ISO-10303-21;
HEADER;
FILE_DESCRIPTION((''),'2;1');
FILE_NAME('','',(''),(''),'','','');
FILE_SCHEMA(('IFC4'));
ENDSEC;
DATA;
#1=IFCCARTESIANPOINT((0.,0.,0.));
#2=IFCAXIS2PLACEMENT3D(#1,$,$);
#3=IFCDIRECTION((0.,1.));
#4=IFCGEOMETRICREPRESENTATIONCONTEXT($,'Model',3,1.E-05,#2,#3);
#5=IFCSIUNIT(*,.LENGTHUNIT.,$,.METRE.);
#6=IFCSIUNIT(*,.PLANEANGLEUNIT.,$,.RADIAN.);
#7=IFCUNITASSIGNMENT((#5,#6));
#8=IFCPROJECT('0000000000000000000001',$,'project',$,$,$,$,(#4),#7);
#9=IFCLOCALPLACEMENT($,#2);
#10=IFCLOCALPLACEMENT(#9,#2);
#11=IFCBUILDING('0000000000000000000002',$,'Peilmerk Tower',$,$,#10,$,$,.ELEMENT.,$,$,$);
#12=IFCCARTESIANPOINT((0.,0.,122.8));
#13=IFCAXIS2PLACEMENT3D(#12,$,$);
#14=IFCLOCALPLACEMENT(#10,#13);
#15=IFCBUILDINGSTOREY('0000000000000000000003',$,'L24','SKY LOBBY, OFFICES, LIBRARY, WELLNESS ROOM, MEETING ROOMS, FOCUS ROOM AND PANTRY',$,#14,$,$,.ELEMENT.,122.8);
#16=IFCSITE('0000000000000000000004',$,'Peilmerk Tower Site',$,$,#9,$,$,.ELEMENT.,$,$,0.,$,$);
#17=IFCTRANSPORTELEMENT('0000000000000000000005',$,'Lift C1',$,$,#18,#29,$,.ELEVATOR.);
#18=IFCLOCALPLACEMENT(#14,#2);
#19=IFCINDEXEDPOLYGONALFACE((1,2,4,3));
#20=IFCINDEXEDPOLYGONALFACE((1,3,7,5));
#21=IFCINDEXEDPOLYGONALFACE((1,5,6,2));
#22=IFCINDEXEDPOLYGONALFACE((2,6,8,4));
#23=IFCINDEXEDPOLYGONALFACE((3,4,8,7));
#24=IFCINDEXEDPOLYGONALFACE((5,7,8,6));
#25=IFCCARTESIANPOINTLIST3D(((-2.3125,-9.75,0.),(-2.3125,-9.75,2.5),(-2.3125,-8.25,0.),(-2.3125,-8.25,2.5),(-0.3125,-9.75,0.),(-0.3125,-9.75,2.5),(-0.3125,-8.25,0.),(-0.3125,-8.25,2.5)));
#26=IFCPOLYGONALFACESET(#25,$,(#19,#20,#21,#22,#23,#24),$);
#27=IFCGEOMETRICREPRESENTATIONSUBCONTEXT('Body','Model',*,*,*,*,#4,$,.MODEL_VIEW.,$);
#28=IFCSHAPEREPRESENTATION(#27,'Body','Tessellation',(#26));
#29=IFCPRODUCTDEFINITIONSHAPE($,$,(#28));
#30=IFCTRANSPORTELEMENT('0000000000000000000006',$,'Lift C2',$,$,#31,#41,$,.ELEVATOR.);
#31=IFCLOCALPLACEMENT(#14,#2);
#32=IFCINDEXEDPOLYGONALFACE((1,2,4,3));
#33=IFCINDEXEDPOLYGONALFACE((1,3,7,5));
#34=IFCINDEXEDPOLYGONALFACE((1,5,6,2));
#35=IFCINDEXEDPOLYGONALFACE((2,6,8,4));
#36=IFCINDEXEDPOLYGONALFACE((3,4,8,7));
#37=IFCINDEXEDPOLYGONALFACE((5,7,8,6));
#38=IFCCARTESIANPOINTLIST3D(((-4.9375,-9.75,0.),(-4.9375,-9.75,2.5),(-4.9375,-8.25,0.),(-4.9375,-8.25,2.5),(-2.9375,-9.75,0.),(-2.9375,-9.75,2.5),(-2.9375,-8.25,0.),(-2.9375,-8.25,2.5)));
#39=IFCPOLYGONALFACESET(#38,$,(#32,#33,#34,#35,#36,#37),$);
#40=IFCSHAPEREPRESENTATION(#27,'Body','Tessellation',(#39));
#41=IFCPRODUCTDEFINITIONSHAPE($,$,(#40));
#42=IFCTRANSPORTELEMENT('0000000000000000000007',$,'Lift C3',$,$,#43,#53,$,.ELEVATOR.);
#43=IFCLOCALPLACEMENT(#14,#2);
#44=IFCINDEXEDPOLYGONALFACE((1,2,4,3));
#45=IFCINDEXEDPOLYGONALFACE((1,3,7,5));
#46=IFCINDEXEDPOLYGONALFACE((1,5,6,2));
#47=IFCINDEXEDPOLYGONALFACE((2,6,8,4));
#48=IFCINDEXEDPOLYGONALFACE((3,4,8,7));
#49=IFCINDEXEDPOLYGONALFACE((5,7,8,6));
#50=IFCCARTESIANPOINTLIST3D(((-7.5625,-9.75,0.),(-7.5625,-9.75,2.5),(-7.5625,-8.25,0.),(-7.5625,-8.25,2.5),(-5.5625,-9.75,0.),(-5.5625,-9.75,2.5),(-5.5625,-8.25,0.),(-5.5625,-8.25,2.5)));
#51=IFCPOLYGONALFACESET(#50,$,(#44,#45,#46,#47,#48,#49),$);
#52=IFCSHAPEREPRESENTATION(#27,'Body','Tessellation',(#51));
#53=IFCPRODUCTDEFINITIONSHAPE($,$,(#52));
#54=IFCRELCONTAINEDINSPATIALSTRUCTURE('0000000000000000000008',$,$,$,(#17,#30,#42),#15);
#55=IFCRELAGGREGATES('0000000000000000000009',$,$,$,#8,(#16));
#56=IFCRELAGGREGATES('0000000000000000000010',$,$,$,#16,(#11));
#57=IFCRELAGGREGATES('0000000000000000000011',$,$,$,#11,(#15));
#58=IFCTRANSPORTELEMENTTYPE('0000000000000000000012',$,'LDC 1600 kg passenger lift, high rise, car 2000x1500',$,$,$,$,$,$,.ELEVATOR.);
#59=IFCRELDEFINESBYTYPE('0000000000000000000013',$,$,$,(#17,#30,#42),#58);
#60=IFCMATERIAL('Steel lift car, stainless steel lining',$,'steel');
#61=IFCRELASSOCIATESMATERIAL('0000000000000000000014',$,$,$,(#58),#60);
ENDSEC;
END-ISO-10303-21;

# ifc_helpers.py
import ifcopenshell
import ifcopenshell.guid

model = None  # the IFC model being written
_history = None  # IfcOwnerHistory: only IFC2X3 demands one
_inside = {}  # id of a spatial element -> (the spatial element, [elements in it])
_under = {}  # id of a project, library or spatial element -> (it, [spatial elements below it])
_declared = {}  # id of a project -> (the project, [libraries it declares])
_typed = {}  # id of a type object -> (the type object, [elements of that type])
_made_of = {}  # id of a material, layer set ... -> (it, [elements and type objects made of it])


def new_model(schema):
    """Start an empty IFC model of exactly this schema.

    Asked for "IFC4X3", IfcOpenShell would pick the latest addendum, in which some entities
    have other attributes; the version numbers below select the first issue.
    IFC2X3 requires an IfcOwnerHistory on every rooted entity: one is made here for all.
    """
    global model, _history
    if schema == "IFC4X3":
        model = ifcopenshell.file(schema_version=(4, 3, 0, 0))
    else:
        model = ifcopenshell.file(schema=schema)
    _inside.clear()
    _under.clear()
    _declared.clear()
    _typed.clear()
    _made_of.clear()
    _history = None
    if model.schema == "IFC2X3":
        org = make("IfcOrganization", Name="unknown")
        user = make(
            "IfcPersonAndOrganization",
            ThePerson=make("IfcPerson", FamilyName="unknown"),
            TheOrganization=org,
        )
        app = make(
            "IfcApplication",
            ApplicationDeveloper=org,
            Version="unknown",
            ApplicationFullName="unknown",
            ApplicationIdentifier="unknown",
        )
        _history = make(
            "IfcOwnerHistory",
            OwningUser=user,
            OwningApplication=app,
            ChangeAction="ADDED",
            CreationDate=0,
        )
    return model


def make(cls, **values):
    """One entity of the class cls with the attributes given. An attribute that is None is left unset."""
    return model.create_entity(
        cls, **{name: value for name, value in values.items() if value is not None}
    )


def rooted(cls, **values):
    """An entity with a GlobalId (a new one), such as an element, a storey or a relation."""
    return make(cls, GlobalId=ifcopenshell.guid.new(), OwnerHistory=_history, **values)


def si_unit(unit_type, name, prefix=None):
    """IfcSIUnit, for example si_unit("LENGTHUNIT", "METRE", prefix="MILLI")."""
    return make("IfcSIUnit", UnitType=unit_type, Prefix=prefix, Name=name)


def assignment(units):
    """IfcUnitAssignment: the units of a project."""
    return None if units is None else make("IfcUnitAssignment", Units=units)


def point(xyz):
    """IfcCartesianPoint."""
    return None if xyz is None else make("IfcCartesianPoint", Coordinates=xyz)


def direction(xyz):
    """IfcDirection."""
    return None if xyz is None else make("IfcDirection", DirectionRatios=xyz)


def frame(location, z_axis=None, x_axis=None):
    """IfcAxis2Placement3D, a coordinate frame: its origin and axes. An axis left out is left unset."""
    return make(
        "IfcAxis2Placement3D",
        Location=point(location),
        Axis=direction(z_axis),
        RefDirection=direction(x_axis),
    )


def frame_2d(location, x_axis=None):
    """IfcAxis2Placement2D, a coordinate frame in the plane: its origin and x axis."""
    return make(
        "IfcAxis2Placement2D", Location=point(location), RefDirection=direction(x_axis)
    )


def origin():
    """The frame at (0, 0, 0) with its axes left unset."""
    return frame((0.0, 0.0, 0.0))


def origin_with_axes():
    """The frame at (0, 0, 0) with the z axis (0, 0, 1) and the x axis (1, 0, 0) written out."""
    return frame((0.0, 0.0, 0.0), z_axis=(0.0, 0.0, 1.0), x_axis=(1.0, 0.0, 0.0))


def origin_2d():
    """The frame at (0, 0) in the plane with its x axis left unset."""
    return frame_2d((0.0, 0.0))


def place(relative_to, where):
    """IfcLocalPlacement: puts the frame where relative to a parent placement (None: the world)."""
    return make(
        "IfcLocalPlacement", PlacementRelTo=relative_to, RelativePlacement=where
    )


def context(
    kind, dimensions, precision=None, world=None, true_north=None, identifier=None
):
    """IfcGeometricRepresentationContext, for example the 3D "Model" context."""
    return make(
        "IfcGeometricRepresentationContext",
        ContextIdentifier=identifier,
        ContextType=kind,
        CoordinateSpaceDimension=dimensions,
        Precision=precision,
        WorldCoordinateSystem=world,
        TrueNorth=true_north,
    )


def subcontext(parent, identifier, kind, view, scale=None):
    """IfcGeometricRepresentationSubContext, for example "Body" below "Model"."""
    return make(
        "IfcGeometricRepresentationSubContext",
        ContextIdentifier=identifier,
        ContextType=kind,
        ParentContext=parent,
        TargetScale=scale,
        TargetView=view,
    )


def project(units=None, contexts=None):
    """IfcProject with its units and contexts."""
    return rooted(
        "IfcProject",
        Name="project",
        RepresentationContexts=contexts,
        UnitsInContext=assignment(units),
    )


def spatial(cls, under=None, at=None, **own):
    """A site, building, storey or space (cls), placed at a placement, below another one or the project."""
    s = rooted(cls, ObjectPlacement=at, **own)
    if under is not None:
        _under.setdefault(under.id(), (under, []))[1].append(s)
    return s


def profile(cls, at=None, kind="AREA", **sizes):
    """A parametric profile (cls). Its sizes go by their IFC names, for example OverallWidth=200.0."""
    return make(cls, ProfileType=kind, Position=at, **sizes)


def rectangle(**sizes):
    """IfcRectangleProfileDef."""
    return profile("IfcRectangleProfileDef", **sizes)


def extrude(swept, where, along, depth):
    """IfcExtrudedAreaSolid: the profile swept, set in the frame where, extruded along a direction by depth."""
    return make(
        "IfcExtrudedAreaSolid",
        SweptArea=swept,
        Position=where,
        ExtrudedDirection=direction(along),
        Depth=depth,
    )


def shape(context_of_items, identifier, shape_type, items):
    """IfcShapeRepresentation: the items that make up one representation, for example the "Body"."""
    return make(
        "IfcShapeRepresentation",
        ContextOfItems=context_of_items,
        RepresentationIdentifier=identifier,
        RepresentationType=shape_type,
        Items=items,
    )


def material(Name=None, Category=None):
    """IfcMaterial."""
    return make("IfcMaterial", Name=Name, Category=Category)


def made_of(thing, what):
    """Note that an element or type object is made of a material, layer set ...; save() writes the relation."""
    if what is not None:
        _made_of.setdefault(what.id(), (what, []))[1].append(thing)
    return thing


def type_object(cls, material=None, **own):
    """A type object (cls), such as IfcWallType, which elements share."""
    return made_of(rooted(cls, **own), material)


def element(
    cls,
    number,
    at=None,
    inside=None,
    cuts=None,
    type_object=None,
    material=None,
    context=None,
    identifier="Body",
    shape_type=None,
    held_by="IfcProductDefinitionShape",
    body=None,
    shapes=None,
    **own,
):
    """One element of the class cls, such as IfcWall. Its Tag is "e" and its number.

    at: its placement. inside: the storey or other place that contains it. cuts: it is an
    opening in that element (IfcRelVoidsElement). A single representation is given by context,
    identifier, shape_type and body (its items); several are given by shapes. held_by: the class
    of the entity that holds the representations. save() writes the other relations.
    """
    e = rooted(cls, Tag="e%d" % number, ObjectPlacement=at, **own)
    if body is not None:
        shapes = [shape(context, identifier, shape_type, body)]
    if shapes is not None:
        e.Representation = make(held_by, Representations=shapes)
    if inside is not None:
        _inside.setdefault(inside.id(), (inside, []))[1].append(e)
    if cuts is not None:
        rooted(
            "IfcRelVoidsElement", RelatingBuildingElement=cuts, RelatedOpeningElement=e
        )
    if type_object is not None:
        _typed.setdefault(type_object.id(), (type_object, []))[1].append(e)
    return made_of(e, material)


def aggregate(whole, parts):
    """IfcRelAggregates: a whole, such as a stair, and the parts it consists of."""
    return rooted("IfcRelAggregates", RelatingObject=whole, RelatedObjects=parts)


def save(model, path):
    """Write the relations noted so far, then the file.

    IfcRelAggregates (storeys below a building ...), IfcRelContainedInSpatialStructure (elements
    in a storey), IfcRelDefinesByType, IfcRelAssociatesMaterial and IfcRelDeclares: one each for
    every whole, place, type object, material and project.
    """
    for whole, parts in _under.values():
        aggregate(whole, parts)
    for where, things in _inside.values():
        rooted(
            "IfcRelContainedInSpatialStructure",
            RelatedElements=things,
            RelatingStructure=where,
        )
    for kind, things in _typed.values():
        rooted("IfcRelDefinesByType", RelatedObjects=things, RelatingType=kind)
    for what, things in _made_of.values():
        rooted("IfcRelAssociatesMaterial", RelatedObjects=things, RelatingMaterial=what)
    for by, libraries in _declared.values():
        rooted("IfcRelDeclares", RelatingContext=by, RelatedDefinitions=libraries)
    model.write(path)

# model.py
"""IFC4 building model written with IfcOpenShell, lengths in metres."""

from ifc_helpers import new_model, si_unit, direction, frame, origin, origin_with_axes, origin_2d, place, context, subcontext, project, spatial, rectangle, extrude, material, type_object, element, save


model = new_model("IFC4")

# Units and contexts
model_context = context("Model", 3, precision=1e-05, world=origin(), true_north=direction((0.0, 1.0)))
body_context = subcontext(model_context, "Body", "Model", "MODEL_VIEW")
ifc_project = project(units=[si_unit("LENGTHUNIT", "METRE"), si_unit("PLANEANGLEUNIT", "RADIAN")], contexts=[model_context])

# Site, building, storey
site_placement = place(None, origin())
site = spatial("IfcSite", under=ifc_project, at=site_placement, Name="Peilmerk Tower Site", CompositionType="ELEMENT", RefElevation=0.0)
building_placement = place(site_placement, origin())
building = spatial("IfcBuilding", under=site, at=building_placement, Name="Peilmerk Tower", CompositionType="ELEMENT")
storey_placement = place(building_placement, frame((0.0, 0.0, 122.8)))
storey = spatial("IfcBuildingStorey", under=building, at=storey_placement, Name="L24", Description="SKY LOBBY, OFFICES, LIBRARY, WELLNESS ROOM, MEETING ROOMS, FOCUS ROOM AND PANTRY", CompositionType="ELEMENT", Elevation=122.8)

# Transport elements
ifc_material_1 = material(Name="Steel lift car, stainless steel lining", Category="steel")
transport_element_type = type_object("IfcTransportElementType", Name="LDC 1600 kg passenger lift, high rise, car 2000x1500", PredefinedType="ELEVATOR", material=ifc_material_1)
for number, where, z_axis, x_axis, name in (
    (1, (-1.3125, -9.0, 0.0), (0.0, 0.0, 1.0), (1.0, 0.0, 0.0), "Lift C1"),
    (2, (-3.9375, -9.0, 0.0), (0.0, 0.0, 1.0), (1.0, 0.0, 0.0), "Lift C2"),
    (3, (-6.5625, -9.0, 0.0), (0.0, 0.0, 1.0), (1.0, 0.0, 0.0), "Lift C3"),
):
    element("IfcTransportElement", number, at=place(storey_placement, frame(where, z_axis=z_axis, x_axis=x_axis)), inside=storey, type_object=transport_element_type, Name=name, PredefinedType="ELEVATOR", context=body_context, shape_type="SweptSolid", body=[
        extrude(rectangle(XDim=2.0, YDim=1.5, at=origin_2d()), origin_with_axes(), (0.0, 0.0, 1.0), 2.5),
    ])

save(model, "model.ifc")
